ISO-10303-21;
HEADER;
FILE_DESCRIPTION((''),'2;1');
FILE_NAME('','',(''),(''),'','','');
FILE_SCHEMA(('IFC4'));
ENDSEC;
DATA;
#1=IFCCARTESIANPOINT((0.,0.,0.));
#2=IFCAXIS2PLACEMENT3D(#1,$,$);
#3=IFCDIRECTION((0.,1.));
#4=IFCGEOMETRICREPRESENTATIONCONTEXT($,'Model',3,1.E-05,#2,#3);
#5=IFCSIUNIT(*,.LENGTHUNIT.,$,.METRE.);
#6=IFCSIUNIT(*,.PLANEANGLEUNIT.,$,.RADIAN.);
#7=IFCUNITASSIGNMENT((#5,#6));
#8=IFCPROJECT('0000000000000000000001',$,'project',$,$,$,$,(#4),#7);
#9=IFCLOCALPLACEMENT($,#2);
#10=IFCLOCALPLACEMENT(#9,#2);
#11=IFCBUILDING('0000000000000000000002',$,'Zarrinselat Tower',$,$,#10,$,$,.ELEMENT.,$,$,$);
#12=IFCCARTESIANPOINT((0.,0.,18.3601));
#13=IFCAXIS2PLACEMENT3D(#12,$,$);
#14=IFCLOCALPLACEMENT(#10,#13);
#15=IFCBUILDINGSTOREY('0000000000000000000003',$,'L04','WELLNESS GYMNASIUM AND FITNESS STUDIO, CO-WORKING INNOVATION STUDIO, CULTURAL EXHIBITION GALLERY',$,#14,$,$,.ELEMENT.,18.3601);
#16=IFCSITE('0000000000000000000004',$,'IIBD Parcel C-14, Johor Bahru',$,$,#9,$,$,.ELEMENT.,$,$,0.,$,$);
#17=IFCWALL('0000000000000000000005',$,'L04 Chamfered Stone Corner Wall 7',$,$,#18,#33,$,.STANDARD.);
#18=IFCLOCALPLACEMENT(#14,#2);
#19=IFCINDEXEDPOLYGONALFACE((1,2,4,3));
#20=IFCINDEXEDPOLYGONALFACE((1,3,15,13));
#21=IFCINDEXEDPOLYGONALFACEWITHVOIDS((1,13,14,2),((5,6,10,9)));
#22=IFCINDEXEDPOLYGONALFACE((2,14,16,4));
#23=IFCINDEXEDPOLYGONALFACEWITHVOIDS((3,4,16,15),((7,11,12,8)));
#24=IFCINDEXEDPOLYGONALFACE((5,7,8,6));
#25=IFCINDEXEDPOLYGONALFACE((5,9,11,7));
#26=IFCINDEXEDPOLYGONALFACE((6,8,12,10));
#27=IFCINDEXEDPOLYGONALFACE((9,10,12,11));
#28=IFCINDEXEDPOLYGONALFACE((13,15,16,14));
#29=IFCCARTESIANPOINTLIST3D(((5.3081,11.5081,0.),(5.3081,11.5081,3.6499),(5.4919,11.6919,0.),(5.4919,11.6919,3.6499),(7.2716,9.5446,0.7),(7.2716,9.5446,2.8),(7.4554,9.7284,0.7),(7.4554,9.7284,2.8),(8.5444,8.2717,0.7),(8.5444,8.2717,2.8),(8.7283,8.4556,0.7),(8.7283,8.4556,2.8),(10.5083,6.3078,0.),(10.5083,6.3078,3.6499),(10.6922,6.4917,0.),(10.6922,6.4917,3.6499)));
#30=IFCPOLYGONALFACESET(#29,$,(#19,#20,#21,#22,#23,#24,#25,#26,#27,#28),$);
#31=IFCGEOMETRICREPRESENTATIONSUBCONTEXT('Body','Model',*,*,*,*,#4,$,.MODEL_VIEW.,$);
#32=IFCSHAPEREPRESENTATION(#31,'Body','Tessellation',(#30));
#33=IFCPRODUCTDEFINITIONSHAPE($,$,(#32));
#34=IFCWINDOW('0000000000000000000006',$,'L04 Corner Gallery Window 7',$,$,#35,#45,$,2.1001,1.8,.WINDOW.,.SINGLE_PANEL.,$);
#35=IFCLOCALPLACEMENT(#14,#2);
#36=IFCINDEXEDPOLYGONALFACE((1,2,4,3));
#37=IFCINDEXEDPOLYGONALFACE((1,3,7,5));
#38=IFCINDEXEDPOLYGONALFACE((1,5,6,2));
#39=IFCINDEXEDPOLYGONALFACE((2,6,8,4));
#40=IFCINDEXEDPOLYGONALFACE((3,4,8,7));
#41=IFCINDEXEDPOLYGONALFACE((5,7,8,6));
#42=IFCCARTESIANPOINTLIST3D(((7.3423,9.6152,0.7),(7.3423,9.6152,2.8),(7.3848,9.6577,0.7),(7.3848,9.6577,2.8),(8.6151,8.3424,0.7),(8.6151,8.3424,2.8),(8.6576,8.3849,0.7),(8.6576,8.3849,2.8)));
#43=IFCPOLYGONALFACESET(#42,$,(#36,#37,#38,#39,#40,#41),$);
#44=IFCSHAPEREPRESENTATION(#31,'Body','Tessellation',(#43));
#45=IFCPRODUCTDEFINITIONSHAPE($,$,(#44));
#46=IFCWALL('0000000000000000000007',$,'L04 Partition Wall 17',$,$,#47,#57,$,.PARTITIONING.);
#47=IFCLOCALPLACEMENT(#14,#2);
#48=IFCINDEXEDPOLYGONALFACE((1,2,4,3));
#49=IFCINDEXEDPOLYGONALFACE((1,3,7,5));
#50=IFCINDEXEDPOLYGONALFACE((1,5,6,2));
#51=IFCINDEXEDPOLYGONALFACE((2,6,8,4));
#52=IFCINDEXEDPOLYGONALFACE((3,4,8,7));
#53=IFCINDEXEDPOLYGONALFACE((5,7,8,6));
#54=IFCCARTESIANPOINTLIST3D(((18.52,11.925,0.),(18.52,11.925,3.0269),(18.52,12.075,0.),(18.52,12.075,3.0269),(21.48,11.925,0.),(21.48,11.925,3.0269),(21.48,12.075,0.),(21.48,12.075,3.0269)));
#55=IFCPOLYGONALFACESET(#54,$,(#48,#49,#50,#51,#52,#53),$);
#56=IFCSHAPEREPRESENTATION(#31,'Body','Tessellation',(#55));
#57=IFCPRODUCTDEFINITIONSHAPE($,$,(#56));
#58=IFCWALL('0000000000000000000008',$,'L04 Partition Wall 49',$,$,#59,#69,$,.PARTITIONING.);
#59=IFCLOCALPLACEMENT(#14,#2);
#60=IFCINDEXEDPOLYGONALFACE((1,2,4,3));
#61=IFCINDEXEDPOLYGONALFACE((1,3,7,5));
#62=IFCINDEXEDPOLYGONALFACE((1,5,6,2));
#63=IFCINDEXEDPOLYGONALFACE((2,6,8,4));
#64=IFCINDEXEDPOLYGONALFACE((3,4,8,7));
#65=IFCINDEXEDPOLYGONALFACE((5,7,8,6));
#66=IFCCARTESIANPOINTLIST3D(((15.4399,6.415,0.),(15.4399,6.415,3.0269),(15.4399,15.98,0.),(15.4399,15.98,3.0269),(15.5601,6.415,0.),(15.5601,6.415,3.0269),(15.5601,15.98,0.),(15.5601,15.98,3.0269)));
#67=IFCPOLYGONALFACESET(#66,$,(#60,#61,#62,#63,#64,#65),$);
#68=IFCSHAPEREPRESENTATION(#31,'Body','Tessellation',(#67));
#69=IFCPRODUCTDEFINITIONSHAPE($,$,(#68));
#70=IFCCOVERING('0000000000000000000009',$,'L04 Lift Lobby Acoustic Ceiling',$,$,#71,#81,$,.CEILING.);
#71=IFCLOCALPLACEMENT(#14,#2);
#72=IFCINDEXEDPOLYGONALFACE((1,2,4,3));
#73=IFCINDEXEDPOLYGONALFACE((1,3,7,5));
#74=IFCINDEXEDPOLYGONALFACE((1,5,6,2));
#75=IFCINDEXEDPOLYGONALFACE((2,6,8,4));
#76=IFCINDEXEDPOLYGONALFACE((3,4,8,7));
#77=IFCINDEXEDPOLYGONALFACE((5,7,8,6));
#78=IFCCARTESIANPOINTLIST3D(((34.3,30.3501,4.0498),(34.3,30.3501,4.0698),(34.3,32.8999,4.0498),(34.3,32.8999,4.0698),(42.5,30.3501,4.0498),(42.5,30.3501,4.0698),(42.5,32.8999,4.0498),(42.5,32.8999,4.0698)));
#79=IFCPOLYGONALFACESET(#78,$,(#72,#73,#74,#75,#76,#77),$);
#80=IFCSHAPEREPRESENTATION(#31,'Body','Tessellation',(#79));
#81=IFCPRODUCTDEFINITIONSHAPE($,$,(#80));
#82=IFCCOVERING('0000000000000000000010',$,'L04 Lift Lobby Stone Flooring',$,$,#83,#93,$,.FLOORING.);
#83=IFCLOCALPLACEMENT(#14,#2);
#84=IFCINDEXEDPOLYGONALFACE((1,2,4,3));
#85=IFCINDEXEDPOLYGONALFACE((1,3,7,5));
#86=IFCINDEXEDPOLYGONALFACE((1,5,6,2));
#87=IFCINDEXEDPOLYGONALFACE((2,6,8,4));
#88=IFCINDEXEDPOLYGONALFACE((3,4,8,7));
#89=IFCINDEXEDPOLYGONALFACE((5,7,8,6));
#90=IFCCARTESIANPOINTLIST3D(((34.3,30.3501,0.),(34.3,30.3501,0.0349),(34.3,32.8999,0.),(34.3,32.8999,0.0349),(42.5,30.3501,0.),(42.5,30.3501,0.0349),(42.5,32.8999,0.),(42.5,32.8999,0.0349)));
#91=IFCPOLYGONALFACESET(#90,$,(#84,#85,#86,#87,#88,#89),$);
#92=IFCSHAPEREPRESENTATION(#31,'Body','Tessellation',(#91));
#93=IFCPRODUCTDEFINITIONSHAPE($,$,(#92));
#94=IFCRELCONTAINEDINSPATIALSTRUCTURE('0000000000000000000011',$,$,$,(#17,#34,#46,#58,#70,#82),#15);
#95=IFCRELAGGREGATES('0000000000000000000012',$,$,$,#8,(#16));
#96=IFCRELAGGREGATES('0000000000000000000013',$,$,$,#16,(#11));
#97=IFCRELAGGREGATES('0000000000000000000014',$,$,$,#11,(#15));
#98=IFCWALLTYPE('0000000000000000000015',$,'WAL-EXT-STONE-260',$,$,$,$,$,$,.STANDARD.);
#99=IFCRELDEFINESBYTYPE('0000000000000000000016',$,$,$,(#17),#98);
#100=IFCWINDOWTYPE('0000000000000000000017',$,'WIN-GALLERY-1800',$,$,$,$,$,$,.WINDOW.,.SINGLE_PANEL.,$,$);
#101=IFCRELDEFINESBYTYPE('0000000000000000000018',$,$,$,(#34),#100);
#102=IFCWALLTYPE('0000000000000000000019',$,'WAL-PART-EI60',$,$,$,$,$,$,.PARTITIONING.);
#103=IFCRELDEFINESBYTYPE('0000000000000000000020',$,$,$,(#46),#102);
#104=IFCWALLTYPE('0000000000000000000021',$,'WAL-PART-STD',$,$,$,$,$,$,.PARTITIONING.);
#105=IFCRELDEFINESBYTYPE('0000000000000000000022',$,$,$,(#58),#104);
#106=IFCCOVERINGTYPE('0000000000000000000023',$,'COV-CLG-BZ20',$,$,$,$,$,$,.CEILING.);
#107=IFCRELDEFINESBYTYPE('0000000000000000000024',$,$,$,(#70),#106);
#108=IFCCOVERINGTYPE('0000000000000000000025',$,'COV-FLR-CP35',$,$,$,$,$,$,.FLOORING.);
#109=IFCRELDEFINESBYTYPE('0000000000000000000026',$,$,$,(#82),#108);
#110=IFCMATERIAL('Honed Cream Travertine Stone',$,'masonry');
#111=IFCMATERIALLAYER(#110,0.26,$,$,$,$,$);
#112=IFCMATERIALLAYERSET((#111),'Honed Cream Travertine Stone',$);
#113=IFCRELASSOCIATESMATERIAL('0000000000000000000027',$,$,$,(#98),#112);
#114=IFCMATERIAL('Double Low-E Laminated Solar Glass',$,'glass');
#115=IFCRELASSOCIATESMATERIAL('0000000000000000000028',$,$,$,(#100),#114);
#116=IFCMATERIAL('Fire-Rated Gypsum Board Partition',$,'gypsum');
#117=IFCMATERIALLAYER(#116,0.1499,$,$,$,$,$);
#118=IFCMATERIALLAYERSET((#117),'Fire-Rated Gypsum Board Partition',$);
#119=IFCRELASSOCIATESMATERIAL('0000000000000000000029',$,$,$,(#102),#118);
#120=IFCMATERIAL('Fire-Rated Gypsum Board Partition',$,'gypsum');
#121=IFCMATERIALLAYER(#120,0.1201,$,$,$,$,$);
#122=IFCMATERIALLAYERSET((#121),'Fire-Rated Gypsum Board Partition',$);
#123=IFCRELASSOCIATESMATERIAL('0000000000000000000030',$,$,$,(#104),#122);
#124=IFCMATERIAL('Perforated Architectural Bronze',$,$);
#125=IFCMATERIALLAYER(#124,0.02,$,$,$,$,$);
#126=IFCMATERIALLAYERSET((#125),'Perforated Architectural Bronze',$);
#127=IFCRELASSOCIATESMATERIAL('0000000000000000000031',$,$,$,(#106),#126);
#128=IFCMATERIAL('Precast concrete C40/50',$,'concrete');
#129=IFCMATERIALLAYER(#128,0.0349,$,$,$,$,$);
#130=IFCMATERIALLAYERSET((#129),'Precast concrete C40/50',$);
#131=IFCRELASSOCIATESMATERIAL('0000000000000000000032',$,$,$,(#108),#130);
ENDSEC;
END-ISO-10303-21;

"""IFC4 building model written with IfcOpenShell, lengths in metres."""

from ifc_helpers import new_model, si_unit, direction, frame, frame_2d, origin, place, context, subcontext, project, spatial, polyline, rectangle, outline, extrude, material, layer, layer_set, type_object, element, fill, save


model = new_model("IFC4")

# Units and contexts
model_context = context("Model", 3, precision=1e-05, world=origin(), true_north=direction((0.0, 1.0)))
body_context = subcontext(model_context, "Body", "Model", "MODEL_VIEW")
ifc_project = project(units=[si_unit("LENGTHUNIT", "METRE"), si_unit("PLANEANGLEUNIT", "RADIAN")], contexts=[model_context])

# Site, building, storey
site_placement = place(None, origin())
site = spatial("IfcSite", under=ifc_project, at=site_placement, Name="IIBD Parcel C-14, Johor Bahru", CompositionType="ELEMENT", RefElevation=0.0)
building_placement = place(site_placement, origin())
building = spatial("IfcBuilding", under=site, at=building_placement, Name="Zarrinselat Tower", CompositionType="ELEMENT")
storey_placement = place(building_placement, frame((0.0, 0.0, 18.3601)))
storey = spatial("IfcBuildingStorey", under=building, at=storey_placement, Name="L04", Description="WELLNESS GYMNASIUM AND FITNESS STUDIO, CO-WORKING INNOVATION STUDIO, CULTURAL EXHIBITION GALLERY", CompositionType="ELEMENT", Elevation=18.3601)

# Wall, opening, window
ifc_material_1 = material(Name="Honed Cream Travertine Stone", Category="masonry")
ifc_layer_1 = layer(ifc_material_1, 0.26)
ifc_layer_set_1 = layer_set([ifc_layer_1], Name="Honed Cream Travertine Stone")
wall_type_1 = type_object("IfcWallType", Name="WAL-EXT-STONE-260", PredefinedType="STANDARD", material=ifc_layer_set_1)
wall_1_placement = place(storey_placement, frame((5.3999, 11.6001, 0.0), z_axis=(0.0, 0.0, 1.0), x_axis=(0.707107, -0.707107, 0.0)))
wall_1 = element("IfcWall", 1, at=wall_1_placement, inside=storey, type_object=wall_type_1, Name="L04 Chamfered Stone Corner Wall 7", PredefinedType="STANDARD", context=body_context, shape_type="SweptSolid", body=[
    extrude(rectangle(XDim=7.3542, YDim=0.26, at=frame_2d((3.6772, 0.0))), origin(), (0.0, 0.0, 1.0), 3.6499),
])
opening_placement = place(wall_1_placement, frame((2.7771, 0.0, 0.7)))
opening = element("IfcOpeningElement", 2, at=opening_placement, cuts=wall_1, PredefinedType="OPENING", context=body_context, shape_type="SweptSolid", body=[
    extrude(rectangle(XDim=1.8, YDim=2.1001, at=frame_2d((0.8999, 1.05))), frame((0.0, 0.1399, 0.0), z_axis=(0.0, -1.0, 0.0), x_axis=(1.0, 0.0, 0.0)), (0.0, 0.0, 1.0), 0.28),
])
ifc_material_2 = material(Name="Double Low-E Laminated Solar Glass", Category="glass")
window_type = type_object("IfcWindowType", Name="WIN-GALLERY-1800", PartitioningType="SINGLE_PANEL", PredefinedType="WINDOW", material=ifc_material_2)
window_placement = place(opening_placement, origin())
window = element("IfcWindow", 3, at=window_placement, inside=storey, type_object=window_type, Name="L04 Corner Gallery Window 7", OverallHeight=2.1001, OverallWidth=1.8, PartitioningType="SINGLE_PANEL", PredefinedType="WINDOW", context=body_context, shape_type="SweptSolid", body=[
    extrude(rectangle(XDim=1.8, YDim=2.1001, at=frame_2d((0.8999, 1.05))), frame((0.0, 0.03, 0.0), z_axis=(0.0, -1.0, 0.0), x_axis=(1.0, 0.0, 0.0)), (0.0, 0.0, 1.0), 0.0601),
])
fill(opening, window)

# Walls
ifc_material_3 = material(Name="Fire-Rated Gypsum Board Partition", Category="gypsum")
ifc_layer_2 = layer(ifc_material_3, 0.1499)
ifc_layer_set_2 = layer_set([ifc_layer_2], Name="Fire-Rated Gypsum Board Partition")
wall_type_2 = type_object("IfcWallType", Name="WAL-PART-EI60", PredefinedType="PARTITIONING", material=ifc_layer_set_2)
wall_2_placement = place(storey_placement, frame((18.52, 12.0, 0.0), z_axis=(0.0, 0.0, 1.0), x_axis=(1.0, 0.0, 0.0)))
element("IfcWall", 4, at=wall_2_placement, inside=storey, type_object=wall_type_2, Name="L04 Partition Wall 17", PredefinedType="PARTITIONING", context=body_context, shape_type="SweptSolid", body=[
    extrude(rectangle(XDim=2.96, YDim=0.1499, at=frame_2d((1.48, 0.0))), origin(), (0.0, 0.0, 1.0), 3.0269),
])
ifc_material_4 = material(Name="Fire-Rated Gypsum Board Partition", Category="gypsum")
ifc_layer_3 = layer(ifc_material_4, 0.1201)
ifc_layer_set_3 = layer_set([ifc_layer_3], Name="Fire-Rated Gypsum Board Partition")
wall_type_3 = type_object("IfcWallType", Name="WAL-PART-STD", PredefinedType="PARTITIONING", material=ifc_layer_set_3)
wall_3_placement = place(storey_placement, frame((15.5, 6.415, 0.0), z_axis=(0.0, 0.0, 1.0), x_axis=(0.0, 1.0, 0.0)))
element("IfcWall", 5, at=wall_3_placement, inside=storey, type_object=wall_type_3, Name="L04 Partition Wall 49", PredefinedType="PARTITIONING", context=body_context, shape_type="SweptSolid", body=[
    extrude(rectangle(XDim=9.5649, YDim=0.1201, at=frame_2d((4.7825, 0.0))), origin(), (0.0, 0.0, 1.0), 3.0269),
])

# Coverings
ifc_material_5 = material(Name="Perforated Architectural Bronze")
ifc_layer_4 = layer(ifc_material_5, 0.02)
ifc_layer_set_4 = layer_set([ifc_layer_4], Name="Perforated Architectural Bronze")
covering_type_1 = type_object("IfcCoveringType", Name="COV-CLG-BZ20", PredefinedType="CEILING", material=ifc_layer_set_4)
covering_1_placement = place(storey_placement, frame((0.0, 0.0, 4.0498)))
element("IfcCovering", 6, at=covering_1_placement, inside=storey, type_object=covering_type_1, Name="L04 Lift Lobby Acoustic Ceiling", PredefinedType="CEILING", context=body_context, shape_type="SweptSolid", body=[
    extrude(outline(polyline([(34.3, 30.3501), (42.5, 30.3501), (42.5, 32.8999), (34.3, 32.8999), (34.3, 30.3501)])), origin(), (0.0, 0.0, 1.0), 0.02),
])
ifc_material_6 = material(Name="Precast concrete C40/50", Category="concrete")
ifc_layer_5 = layer(ifc_material_6, 0.0349)
ifc_layer_set_5 = layer_set([ifc_layer_5], Name="Precast concrete C40/50")
covering_type_2 = type_object("IfcCoveringType", Name="COV-FLR-CP35", PredefinedType="FLOORING", material=ifc_layer_set_5)
covering_2_placement = place(storey_placement, origin())
element("IfcCovering", 7, at=covering_2_placement, inside=storey, type_object=covering_type_2, Name="L04 Lift Lobby Stone Flooring", PredefinedType="FLOORING", context=body_context, shape_type="SweptSolid", body=[
    extrude(outline(polyline([(34.3, 30.3501), (42.5, 30.3501), (42.5, 32.8999), (34.3, 32.8999), (34.3, 30.3501)])), origin(), (0.0, 0.0, 1.0), 0.0349),
])

save(model, "model.ifc")
